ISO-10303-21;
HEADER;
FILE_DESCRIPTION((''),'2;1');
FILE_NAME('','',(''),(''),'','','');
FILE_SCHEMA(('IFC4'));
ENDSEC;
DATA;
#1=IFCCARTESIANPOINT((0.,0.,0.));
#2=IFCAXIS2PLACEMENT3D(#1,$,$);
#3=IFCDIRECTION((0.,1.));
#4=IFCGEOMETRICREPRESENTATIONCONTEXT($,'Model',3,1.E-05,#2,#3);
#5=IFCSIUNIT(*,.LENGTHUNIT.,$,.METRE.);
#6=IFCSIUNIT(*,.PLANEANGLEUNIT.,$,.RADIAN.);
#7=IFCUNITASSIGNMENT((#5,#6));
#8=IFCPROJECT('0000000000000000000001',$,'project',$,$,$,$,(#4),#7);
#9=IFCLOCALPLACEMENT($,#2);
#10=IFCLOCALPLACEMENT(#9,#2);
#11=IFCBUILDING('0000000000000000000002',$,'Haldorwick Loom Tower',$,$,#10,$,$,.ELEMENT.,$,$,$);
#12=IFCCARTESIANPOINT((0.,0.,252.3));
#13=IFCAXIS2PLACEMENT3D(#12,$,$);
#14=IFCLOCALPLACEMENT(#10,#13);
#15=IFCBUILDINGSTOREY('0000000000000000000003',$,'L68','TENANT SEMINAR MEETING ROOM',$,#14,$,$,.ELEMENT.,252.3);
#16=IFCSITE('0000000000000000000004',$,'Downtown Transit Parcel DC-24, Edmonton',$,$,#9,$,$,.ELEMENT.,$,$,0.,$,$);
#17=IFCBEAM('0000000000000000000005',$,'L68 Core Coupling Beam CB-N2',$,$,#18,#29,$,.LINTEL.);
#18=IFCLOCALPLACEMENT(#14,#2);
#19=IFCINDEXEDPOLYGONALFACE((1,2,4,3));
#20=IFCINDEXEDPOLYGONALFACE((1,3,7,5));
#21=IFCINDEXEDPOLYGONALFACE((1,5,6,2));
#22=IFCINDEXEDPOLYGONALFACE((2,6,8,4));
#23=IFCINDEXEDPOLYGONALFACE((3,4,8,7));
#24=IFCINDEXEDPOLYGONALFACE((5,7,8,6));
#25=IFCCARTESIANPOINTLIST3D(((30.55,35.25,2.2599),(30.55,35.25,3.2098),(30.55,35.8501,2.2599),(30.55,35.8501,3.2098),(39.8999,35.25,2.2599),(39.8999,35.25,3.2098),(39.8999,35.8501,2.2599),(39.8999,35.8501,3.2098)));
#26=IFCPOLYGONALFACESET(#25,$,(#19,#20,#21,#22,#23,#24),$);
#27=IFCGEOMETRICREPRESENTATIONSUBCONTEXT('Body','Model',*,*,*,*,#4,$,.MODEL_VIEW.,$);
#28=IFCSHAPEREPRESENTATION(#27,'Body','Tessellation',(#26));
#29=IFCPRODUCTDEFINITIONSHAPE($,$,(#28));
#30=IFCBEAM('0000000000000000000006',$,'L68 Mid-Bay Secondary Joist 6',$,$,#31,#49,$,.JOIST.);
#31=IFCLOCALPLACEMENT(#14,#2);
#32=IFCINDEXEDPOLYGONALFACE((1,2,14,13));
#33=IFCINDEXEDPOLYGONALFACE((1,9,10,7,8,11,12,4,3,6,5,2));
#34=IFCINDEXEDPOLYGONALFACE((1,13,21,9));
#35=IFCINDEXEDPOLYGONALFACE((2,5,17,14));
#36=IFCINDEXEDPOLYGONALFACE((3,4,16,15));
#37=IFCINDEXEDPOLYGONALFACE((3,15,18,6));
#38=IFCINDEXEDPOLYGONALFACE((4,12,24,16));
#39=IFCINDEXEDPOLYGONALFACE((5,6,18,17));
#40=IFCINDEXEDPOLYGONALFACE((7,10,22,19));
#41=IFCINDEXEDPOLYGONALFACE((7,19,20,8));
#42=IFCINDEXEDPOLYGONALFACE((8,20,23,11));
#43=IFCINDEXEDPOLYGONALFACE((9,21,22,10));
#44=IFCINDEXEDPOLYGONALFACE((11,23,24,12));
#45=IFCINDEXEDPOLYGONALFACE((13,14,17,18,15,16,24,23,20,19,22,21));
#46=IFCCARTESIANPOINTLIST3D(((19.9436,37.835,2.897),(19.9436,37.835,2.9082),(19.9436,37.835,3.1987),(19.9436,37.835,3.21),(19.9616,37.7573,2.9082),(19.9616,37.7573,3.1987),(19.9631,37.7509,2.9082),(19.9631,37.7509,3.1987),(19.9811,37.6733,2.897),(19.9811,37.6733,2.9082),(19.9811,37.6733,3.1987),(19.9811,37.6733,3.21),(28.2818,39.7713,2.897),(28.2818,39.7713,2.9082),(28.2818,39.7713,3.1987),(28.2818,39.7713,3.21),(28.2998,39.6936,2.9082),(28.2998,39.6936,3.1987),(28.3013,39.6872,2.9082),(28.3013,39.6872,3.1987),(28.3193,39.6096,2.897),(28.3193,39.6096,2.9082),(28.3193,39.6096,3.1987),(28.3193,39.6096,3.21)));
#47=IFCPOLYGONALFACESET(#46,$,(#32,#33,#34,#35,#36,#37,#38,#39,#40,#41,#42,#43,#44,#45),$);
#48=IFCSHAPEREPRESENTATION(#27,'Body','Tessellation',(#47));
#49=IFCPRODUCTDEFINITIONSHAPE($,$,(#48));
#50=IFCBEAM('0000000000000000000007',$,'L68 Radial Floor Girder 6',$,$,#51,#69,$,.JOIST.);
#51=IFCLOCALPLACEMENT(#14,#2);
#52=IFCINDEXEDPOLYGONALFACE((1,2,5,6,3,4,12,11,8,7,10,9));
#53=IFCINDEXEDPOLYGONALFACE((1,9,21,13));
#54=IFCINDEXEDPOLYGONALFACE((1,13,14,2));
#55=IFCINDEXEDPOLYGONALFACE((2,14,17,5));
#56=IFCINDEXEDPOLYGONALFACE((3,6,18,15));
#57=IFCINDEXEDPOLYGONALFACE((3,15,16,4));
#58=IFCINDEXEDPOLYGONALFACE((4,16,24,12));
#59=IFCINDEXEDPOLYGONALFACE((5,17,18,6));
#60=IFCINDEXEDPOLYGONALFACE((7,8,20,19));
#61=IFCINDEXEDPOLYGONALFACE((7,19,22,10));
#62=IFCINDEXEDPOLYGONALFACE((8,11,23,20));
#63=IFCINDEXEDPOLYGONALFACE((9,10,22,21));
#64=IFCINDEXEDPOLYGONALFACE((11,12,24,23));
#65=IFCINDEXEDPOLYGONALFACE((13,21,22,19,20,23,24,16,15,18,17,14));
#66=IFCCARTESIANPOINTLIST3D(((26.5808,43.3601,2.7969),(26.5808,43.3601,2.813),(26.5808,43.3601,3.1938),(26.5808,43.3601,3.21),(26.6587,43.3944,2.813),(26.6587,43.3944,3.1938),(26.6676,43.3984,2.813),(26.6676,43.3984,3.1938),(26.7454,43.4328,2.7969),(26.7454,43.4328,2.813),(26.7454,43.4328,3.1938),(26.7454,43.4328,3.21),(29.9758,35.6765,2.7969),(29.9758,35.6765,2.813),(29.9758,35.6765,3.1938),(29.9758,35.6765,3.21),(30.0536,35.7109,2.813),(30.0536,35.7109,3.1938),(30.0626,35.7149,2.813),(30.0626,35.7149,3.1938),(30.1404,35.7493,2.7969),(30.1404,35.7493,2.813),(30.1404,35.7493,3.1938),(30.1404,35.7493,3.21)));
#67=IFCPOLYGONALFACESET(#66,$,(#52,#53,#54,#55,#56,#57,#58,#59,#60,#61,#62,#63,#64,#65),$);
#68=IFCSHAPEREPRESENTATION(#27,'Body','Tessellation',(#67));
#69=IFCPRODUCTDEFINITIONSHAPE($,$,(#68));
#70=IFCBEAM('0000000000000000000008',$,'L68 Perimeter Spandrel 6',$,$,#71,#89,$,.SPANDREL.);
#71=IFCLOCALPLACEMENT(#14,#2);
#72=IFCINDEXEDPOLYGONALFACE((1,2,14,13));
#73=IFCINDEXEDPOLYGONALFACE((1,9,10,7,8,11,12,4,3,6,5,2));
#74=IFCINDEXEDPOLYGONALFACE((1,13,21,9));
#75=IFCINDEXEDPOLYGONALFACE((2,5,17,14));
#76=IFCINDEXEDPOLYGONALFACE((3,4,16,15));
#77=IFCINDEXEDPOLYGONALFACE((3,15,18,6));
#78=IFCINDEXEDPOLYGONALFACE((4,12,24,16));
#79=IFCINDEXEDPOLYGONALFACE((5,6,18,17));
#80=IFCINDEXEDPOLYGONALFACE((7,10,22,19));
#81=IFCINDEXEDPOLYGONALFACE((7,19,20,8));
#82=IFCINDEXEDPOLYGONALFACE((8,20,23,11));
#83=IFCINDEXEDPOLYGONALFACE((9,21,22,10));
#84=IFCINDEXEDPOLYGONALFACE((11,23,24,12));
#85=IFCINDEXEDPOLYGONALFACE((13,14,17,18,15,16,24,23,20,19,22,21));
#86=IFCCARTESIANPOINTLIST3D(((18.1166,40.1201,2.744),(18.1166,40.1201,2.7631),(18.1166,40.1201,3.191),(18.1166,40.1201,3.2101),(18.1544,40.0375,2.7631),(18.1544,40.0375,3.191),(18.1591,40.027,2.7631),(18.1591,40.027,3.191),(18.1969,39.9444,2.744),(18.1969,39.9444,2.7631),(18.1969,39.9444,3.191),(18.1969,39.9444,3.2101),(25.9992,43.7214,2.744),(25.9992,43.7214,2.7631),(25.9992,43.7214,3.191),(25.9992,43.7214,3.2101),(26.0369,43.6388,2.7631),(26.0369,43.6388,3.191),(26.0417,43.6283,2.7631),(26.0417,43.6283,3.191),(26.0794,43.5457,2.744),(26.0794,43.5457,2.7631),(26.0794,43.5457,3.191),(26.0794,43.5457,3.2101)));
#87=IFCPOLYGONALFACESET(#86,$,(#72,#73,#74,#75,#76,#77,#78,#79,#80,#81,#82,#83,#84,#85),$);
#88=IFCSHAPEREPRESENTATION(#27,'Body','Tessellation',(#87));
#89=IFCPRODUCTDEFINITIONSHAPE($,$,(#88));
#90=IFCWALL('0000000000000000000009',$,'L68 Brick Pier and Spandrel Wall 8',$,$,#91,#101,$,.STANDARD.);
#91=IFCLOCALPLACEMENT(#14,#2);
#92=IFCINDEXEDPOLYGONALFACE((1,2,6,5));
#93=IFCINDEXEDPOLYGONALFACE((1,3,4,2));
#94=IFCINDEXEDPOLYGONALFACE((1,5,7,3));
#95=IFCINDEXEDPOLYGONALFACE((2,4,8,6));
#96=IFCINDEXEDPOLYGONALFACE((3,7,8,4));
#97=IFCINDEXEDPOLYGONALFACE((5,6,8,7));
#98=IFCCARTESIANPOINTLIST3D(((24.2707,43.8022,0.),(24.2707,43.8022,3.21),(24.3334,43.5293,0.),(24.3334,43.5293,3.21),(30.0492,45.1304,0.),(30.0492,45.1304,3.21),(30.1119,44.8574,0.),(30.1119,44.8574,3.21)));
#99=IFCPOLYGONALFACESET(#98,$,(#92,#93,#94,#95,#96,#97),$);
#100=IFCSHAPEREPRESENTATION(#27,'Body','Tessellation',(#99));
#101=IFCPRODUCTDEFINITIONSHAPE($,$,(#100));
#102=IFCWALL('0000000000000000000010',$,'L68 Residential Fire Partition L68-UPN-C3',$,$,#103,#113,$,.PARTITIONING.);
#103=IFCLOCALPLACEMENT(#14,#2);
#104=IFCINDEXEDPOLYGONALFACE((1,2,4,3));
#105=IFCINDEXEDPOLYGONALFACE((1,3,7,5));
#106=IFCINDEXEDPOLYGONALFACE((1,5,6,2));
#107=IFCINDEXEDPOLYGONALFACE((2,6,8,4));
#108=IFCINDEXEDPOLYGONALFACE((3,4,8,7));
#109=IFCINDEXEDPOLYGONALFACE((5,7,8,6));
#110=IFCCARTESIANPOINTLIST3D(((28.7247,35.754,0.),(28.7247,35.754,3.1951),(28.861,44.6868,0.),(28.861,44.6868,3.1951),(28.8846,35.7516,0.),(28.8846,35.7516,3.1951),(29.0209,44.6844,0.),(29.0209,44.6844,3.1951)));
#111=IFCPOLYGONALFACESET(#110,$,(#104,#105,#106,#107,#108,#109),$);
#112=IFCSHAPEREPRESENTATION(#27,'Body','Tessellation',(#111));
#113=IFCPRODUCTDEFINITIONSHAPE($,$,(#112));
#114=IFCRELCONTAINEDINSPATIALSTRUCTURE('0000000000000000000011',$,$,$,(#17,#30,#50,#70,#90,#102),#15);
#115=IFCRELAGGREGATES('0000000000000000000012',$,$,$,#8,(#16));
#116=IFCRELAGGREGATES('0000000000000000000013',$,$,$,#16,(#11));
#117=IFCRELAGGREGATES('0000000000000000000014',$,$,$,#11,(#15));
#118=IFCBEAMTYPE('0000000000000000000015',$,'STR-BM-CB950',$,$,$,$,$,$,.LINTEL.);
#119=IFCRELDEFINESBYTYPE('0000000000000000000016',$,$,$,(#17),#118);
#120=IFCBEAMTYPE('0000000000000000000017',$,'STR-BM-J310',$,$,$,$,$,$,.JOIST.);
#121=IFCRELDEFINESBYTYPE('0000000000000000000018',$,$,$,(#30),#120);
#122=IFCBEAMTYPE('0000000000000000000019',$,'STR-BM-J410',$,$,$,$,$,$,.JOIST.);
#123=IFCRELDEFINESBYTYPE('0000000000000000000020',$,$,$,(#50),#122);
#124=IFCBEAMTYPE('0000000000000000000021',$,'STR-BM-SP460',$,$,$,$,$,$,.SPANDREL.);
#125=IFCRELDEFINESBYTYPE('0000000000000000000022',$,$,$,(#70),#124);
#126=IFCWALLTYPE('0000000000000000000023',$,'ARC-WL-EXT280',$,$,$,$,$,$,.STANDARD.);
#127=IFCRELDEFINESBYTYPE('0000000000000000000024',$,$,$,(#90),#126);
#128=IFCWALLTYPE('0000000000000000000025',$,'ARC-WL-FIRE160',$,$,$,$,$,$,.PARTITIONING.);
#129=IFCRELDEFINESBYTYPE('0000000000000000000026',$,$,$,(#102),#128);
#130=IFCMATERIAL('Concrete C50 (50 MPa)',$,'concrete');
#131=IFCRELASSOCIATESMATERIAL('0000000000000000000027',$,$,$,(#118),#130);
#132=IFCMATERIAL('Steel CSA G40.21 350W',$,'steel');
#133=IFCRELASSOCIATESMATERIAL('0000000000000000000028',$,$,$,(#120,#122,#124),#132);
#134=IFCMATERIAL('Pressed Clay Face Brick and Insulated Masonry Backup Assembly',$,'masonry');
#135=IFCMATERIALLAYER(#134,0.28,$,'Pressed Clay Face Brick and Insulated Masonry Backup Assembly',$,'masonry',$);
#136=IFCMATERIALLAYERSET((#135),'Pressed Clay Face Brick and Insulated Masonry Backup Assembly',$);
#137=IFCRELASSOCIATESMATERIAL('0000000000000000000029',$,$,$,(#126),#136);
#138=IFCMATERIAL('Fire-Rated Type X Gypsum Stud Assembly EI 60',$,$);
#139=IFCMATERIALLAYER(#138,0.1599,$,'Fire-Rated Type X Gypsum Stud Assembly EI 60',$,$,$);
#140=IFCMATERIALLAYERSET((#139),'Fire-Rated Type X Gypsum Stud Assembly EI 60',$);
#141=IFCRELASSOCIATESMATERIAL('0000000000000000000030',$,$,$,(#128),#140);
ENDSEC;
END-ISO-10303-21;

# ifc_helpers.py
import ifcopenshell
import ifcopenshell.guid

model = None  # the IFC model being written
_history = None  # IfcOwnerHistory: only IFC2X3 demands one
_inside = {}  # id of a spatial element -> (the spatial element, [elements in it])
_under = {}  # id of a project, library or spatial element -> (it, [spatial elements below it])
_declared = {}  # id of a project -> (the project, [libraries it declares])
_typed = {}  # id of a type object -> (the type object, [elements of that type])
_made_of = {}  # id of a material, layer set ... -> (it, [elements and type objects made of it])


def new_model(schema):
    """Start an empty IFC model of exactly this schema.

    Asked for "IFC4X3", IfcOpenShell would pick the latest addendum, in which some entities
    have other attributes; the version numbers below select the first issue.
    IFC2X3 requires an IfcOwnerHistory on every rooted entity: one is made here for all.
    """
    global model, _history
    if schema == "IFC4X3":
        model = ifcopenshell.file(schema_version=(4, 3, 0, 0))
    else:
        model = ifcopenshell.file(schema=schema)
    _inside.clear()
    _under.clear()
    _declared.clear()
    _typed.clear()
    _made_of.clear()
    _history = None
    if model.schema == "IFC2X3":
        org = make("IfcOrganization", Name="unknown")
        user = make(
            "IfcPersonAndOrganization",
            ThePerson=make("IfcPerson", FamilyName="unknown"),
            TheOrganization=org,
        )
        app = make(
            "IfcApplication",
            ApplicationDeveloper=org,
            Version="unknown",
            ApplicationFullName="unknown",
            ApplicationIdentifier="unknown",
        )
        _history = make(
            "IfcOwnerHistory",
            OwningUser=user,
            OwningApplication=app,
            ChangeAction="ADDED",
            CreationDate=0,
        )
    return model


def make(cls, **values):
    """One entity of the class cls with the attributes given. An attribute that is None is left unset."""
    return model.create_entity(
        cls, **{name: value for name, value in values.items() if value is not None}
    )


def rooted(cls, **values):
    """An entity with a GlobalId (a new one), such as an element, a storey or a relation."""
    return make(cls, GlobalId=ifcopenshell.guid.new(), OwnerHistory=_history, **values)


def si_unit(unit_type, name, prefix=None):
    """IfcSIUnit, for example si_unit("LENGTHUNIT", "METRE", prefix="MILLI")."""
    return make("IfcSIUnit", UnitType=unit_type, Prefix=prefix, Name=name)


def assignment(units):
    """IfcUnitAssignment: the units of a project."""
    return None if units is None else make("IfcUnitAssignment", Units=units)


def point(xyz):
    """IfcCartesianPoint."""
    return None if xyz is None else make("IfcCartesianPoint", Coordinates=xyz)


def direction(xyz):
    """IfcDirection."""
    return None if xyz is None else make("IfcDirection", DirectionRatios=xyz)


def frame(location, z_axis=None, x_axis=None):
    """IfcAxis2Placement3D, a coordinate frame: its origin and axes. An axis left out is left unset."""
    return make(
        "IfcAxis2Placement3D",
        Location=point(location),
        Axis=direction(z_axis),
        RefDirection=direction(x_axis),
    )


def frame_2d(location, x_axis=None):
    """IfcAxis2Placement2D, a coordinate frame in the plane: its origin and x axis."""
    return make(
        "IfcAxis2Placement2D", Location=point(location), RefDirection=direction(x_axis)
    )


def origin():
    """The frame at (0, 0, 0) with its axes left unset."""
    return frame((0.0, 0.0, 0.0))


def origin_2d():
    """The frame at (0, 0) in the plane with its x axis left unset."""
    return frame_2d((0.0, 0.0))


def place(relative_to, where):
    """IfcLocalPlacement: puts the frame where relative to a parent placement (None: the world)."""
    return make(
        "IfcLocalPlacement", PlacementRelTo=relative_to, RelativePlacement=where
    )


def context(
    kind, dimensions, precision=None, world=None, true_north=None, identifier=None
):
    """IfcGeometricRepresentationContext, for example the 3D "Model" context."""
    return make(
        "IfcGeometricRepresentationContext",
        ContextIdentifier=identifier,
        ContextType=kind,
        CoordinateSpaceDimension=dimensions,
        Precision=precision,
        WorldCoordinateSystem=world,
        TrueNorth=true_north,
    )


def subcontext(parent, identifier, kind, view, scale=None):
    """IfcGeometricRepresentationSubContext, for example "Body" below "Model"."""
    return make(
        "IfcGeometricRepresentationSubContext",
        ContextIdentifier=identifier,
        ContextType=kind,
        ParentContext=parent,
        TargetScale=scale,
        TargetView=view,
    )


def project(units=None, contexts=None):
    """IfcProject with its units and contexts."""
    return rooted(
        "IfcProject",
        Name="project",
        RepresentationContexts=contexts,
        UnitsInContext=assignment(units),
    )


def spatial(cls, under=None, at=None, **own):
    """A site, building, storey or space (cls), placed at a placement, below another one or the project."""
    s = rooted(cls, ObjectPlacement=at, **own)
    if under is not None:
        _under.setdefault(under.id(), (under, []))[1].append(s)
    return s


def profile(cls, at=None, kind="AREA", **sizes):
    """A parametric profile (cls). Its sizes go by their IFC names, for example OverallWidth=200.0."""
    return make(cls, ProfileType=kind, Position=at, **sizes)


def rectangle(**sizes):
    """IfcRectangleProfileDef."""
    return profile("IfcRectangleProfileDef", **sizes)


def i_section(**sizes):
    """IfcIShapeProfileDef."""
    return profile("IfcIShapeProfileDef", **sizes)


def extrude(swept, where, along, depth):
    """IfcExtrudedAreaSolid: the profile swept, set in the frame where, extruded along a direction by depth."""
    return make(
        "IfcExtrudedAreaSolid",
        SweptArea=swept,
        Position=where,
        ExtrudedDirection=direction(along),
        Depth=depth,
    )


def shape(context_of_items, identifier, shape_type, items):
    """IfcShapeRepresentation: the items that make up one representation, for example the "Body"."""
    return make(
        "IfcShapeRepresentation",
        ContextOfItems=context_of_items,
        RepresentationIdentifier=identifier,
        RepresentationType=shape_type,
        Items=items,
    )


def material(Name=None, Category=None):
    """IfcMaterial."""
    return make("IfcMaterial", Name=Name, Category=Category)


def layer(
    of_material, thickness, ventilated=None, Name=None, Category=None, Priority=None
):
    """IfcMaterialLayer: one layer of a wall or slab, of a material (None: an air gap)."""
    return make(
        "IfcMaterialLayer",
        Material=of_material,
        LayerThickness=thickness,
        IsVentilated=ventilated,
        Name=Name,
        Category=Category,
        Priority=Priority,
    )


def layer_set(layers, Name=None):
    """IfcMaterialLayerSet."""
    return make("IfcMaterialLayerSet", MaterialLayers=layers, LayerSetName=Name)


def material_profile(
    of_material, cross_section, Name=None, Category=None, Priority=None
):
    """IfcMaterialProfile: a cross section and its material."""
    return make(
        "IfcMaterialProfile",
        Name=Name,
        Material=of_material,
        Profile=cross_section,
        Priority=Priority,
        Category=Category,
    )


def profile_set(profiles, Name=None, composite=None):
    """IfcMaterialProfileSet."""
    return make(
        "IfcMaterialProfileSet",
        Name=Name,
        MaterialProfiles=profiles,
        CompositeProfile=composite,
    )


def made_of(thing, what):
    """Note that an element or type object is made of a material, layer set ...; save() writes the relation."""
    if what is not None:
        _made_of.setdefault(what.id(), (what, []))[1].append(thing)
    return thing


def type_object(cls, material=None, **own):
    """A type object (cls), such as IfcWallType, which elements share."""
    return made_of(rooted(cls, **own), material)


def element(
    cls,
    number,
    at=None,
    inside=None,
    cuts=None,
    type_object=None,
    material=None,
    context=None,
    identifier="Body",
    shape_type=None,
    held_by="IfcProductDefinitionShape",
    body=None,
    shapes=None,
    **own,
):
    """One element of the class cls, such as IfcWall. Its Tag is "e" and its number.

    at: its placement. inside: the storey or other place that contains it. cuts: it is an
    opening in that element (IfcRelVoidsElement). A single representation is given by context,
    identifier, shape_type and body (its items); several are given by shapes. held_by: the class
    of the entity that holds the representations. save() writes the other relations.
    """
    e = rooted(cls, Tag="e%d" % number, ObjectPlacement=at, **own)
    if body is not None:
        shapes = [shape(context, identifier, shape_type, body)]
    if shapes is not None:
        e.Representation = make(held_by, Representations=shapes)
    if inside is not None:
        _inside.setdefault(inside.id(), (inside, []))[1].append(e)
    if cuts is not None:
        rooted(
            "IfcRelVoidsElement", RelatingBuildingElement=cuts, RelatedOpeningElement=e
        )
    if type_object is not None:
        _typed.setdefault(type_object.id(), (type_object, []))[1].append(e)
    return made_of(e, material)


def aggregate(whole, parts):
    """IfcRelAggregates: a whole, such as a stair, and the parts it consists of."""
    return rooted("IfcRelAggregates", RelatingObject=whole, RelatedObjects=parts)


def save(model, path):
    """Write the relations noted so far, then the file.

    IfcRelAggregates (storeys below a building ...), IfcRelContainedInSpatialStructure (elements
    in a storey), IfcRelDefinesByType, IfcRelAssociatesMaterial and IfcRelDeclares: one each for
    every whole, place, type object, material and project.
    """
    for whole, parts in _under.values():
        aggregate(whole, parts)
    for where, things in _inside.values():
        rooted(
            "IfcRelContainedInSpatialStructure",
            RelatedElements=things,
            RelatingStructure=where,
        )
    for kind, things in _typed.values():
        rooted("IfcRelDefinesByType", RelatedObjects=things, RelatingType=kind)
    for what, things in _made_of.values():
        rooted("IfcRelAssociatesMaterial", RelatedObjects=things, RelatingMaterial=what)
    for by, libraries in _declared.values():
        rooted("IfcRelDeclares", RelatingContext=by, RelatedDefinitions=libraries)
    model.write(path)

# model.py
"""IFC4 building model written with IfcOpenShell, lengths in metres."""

from ifc_helpers import new_model, si_unit, direction, frame, frame_2d, origin, origin_2d, place, context, subcontext, project, spatial, rectangle, i_section, extrude, material, layer, layer_set, material_profile, profile_set, type_object, element, save


model = new_model("IFC4")

# Units and contexts
model_context = context("Model", 3, precision=1e-05, world=origin(), true_north=direction((0.0, 1.0)))
body_context = subcontext(model_context, "Body", "Model", "MODEL_VIEW")
ifc_project = project(units=[si_unit("LENGTHUNIT", "METRE"), si_unit("PLANEANGLEUNIT", "RADIAN")], contexts=[model_context])

# Site, building, storey
site_placement = place(None, origin())
site = spatial("IfcSite", under=ifc_project, at=site_placement, Name="Downtown Transit Parcel DC-24, Edmonton", CompositionType="ELEMENT", RefElevation=0.0)
building_placement = place(site_placement, origin())
building = spatial("IfcBuilding", under=site, at=building_placement, Name="Haldorwick Loom Tower", CompositionType="ELEMENT")
storey_placement = place(building_placement, frame((0.0, 0.0, 252.3)))
storey = spatial("IfcBuildingStorey", under=building, at=storey_placement, Name="L68", Description="TENANT SEMINAR MEETING ROOM", CompositionType="ELEMENT", Elevation=252.3)

# Shared definitions
ifc_material_1 = material(Name="Steel CSA G40.21 350W", Category="steel")

# Beams
ifc_material_2 = material(Name="Concrete C50 (50 MPa)", Category="concrete")
ifc_material_profile_1 = material_profile(ifc_material_2, rectangle(XDim=0.6001, YDim=0.95, at=origin_2d()), Name="RC600X950", Category="concrete")
ifc_profile_set_1 = profile_set([ifc_material_profile_1], Name="Concrete C50 (50 MPa)")
beam_type_1 = type_object("IfcBeamType", Name="STR-BM-CB950", PredefinedType="LINTEL", material=ifc_profile_set_1)
beam_1_placement = place(storey_placement, frame((30.55, 35.55, 2.7349), z_axis=(1.0, 0.0, 0.0), x_axis=(0.0, 1.0, 0.0)))
element("IfcBeam", 1, at=beam_1_placement, inside=storey, type_object=beam_type_1, Name="L68 Core Coupling Beam CB-N2", PredefinedType="LINTEL", context=body_context, shape_type="SweptSolid", body=[
    extrude(rectangle(XDim=0.6001, YDim=0.95, at=origin_2d()), origin(), (0.0, 0.0, 1.0), 9.3499),
])
ifc_material_profile_2 = material_profile(ifc_material_1, i_section(OverallWidth=0.166, OverallDepth=0.313, WebThickness=0.0066, FlangeThickness=0.0112, at=origin_2d()), Name="W310X45", Category="steel")
ifc_profile_set_2 = profile_set([ifc_material_profile_2], Name="Steel CSA G40.21 350W")
beam_type_2 = type_object("IfcBeamType", Name="STR-BM-J310", PredefinedType="JOIST", material=ifc_profile_set_2)
beam_2_placement = place(storey_placement, frame((28.3005, 39.6904, 3.0535), z_axis=(-0.974081, -0.226201, 0.0), x_axis=(0.226201, -0.974081, 0.0)))
element("IfcBeam", 2, at=beam_2_placement, inside=storey, type_object=beam_type_2, Name="L68 Mid-Bay Secondary Joist 6", PredefinedType="JOIST", context=body_context, shape_type="SweptSolid", body=[
    extrude(i_section(OverallWidth=0.166, OverallDepth=0.313, WebThickness=0.0066, FlangeThickness=0.0112, at=origin_2d()), origin(), (0.0, 0.0, 1.0), 8.5601),
])
ifc_material_profile_3 = material_profile(ifc_material_1, i_section(OverallWidth=0.1799, OverallDepth=0.4131, WebThickness=0.0098, FlangeThickness=0.0161, at=origin_2d()), Name="W410X74", Category="steel")
ifc_profile_set_3 = profile_set([ifc_material_profile_3], Name="Steel CSA G40.21 350W")
beam_type_3 = type_object("IfcBeamType", Name="STR-BM-J410", PredefinedType="JOIST", material=ifc_profile_set_3)
beam_3_placement = place(storey_placement, frame((30.0581, 35.7129, 3.0034), z_axis=(-0.404158, 0.914689, 0.0), x_axis=(-0.914689, -0.404158, 0.0)))
element("IfcBeam", 3, at=beam_3_placement, inside=storey, type_object=beam_type_3, Name="L68 Radial Floor Girder 6", PredefinedType="JOIST", context=body_context, shape_type="SweptSolid", body=[
    extrude(i_section(OverallWidth=0.1799, OverallDepth=0.4131, WebThickness=0.0098, FlangeThickness=0.0161, at=origin_2d()), origin(), (0.0, 0.0, 1.0), 8.4001),
])
ifc_material_profile_4 = material_profile(ifc_material_1, i_section(OverallWidth=0.1931, OverallDepth=0.4661, WebThickness=0.0115, FlangeThickness=0.019, at=origin_2d()), Name="W460X97", Category="steel")
ifc_profile_set_4 = profile_set([ifc_material_profile_4], Name="Steel CSA G40.21 350W")
beam_type_4 = type_object("IfcBeamType", Name="STR-BM-SP460", PredefinedType="SPANDREL", material=ifc_profile_set_4)
beam_4_placement = place(storey_placement, frame((26.0393, 43.6335, 2.9771), z_axis=(-0.909568, -0.415555, 0.0), x_axis=(0.415555, -0.909568, 0.0)))
element("IfcBeam", 4, at=beam_4_placement, inside=storey, type_object=beam_type_4, Name="L68 Perimeter Spandrel 6", PredefinedType="SPANDREL", context=body_context, shape_type="SweptSolid", body=[
    extrude(i_section(OverallWidth=0.1931, OverallDepth=0.4661, WebThickness=0.0115, FlangeThickness=0.019, at=origin_2d()), origin(), (0.0, 0.0, 1.0), 8.6663),
])

# Walls
ifc_material_3 = material(Name="Pressed Clay Face Brick and Insulated Masonry Backup Assembly", Category="masonry")
ifc_layer_1 = layer(ifc_material_3, 0.28, Name="Pressed Clay Face Brick and Insulated Masonry Backup Assembly", Category="masonry")
ifc_layer_set_1 = layer_set([ifc_layer_1], Name="Pressed Clay Face Brick and Insulated Masonry Backup Assembly")
wall_type_1 = type_object("IfcWallType", Name="ARC-WL-EXT280", PredefinedType="STANDARD", material=ifc_layer_set_1)
wall_1_placement = place(storey_placement, frame((30.0806, 44.9939, 0.0), z_axis=(0.0, 0.0, 1.0), x_axis=(-0.97459, -0.223996, 0.0)))
element("IfcWall", 5, at=wall_1_placement, inside=storey, type_object=wall_type_1, Name="L68 Brick Pier and Spandrel Wall 8", PredefinedType="STANDARD", context=body_context, shape_type="SweptSolid", body=[
    extrude(rectangle(XDim=5.9292, YDim=0.28, at=frame_2d((2.9646, 0.0))), origin(), (0.0, 0.0, 1.0), 3.21),
])
ifc_material_4 = material(Name="Fire-Rated Type X Gypsum Stud Assembly EI 60")
ifc_layer_2 = layer(ifc_material_4, 0.1599, Name="Fire-Rated Type X Gypsum Stud Assembly EI 60")
ifc_layer_set_2 = layer_set([ifc_layer_2], Name="Fire-Rated Type X Gypsum Stud Assembly EI 60")
wall_type_2 = type_object("IfcWallType", Name="ARC-WL-FIRE160", PredefinedType="PARTITIONING", material=ifc_layer_set_2)
wall_2_placement = place(storey_placement, frame((28.8047, 35.7529, 0.0), z_axis=(0.0, 0.0, 1.0), x_axis=(0.015249, 0.999884, 0.0)))
element("IfcWall", 6, at=wall_2_placement, inside=storey, type_object=wall_type_2, Name="L68 Residential Fire Partition L68-UPN-C3", PredefinedType="PARTITIONING", context=body_context, shape_type="SweptSolid", body=[
    extrude(rectangle(XDim=8.9338, YDim=0.1599, at=frame_2d((4.4668, 0.0))), origin(), (0.0, 0.0, 1.0), 3.1951),
])

save(model, "model.ifc")
